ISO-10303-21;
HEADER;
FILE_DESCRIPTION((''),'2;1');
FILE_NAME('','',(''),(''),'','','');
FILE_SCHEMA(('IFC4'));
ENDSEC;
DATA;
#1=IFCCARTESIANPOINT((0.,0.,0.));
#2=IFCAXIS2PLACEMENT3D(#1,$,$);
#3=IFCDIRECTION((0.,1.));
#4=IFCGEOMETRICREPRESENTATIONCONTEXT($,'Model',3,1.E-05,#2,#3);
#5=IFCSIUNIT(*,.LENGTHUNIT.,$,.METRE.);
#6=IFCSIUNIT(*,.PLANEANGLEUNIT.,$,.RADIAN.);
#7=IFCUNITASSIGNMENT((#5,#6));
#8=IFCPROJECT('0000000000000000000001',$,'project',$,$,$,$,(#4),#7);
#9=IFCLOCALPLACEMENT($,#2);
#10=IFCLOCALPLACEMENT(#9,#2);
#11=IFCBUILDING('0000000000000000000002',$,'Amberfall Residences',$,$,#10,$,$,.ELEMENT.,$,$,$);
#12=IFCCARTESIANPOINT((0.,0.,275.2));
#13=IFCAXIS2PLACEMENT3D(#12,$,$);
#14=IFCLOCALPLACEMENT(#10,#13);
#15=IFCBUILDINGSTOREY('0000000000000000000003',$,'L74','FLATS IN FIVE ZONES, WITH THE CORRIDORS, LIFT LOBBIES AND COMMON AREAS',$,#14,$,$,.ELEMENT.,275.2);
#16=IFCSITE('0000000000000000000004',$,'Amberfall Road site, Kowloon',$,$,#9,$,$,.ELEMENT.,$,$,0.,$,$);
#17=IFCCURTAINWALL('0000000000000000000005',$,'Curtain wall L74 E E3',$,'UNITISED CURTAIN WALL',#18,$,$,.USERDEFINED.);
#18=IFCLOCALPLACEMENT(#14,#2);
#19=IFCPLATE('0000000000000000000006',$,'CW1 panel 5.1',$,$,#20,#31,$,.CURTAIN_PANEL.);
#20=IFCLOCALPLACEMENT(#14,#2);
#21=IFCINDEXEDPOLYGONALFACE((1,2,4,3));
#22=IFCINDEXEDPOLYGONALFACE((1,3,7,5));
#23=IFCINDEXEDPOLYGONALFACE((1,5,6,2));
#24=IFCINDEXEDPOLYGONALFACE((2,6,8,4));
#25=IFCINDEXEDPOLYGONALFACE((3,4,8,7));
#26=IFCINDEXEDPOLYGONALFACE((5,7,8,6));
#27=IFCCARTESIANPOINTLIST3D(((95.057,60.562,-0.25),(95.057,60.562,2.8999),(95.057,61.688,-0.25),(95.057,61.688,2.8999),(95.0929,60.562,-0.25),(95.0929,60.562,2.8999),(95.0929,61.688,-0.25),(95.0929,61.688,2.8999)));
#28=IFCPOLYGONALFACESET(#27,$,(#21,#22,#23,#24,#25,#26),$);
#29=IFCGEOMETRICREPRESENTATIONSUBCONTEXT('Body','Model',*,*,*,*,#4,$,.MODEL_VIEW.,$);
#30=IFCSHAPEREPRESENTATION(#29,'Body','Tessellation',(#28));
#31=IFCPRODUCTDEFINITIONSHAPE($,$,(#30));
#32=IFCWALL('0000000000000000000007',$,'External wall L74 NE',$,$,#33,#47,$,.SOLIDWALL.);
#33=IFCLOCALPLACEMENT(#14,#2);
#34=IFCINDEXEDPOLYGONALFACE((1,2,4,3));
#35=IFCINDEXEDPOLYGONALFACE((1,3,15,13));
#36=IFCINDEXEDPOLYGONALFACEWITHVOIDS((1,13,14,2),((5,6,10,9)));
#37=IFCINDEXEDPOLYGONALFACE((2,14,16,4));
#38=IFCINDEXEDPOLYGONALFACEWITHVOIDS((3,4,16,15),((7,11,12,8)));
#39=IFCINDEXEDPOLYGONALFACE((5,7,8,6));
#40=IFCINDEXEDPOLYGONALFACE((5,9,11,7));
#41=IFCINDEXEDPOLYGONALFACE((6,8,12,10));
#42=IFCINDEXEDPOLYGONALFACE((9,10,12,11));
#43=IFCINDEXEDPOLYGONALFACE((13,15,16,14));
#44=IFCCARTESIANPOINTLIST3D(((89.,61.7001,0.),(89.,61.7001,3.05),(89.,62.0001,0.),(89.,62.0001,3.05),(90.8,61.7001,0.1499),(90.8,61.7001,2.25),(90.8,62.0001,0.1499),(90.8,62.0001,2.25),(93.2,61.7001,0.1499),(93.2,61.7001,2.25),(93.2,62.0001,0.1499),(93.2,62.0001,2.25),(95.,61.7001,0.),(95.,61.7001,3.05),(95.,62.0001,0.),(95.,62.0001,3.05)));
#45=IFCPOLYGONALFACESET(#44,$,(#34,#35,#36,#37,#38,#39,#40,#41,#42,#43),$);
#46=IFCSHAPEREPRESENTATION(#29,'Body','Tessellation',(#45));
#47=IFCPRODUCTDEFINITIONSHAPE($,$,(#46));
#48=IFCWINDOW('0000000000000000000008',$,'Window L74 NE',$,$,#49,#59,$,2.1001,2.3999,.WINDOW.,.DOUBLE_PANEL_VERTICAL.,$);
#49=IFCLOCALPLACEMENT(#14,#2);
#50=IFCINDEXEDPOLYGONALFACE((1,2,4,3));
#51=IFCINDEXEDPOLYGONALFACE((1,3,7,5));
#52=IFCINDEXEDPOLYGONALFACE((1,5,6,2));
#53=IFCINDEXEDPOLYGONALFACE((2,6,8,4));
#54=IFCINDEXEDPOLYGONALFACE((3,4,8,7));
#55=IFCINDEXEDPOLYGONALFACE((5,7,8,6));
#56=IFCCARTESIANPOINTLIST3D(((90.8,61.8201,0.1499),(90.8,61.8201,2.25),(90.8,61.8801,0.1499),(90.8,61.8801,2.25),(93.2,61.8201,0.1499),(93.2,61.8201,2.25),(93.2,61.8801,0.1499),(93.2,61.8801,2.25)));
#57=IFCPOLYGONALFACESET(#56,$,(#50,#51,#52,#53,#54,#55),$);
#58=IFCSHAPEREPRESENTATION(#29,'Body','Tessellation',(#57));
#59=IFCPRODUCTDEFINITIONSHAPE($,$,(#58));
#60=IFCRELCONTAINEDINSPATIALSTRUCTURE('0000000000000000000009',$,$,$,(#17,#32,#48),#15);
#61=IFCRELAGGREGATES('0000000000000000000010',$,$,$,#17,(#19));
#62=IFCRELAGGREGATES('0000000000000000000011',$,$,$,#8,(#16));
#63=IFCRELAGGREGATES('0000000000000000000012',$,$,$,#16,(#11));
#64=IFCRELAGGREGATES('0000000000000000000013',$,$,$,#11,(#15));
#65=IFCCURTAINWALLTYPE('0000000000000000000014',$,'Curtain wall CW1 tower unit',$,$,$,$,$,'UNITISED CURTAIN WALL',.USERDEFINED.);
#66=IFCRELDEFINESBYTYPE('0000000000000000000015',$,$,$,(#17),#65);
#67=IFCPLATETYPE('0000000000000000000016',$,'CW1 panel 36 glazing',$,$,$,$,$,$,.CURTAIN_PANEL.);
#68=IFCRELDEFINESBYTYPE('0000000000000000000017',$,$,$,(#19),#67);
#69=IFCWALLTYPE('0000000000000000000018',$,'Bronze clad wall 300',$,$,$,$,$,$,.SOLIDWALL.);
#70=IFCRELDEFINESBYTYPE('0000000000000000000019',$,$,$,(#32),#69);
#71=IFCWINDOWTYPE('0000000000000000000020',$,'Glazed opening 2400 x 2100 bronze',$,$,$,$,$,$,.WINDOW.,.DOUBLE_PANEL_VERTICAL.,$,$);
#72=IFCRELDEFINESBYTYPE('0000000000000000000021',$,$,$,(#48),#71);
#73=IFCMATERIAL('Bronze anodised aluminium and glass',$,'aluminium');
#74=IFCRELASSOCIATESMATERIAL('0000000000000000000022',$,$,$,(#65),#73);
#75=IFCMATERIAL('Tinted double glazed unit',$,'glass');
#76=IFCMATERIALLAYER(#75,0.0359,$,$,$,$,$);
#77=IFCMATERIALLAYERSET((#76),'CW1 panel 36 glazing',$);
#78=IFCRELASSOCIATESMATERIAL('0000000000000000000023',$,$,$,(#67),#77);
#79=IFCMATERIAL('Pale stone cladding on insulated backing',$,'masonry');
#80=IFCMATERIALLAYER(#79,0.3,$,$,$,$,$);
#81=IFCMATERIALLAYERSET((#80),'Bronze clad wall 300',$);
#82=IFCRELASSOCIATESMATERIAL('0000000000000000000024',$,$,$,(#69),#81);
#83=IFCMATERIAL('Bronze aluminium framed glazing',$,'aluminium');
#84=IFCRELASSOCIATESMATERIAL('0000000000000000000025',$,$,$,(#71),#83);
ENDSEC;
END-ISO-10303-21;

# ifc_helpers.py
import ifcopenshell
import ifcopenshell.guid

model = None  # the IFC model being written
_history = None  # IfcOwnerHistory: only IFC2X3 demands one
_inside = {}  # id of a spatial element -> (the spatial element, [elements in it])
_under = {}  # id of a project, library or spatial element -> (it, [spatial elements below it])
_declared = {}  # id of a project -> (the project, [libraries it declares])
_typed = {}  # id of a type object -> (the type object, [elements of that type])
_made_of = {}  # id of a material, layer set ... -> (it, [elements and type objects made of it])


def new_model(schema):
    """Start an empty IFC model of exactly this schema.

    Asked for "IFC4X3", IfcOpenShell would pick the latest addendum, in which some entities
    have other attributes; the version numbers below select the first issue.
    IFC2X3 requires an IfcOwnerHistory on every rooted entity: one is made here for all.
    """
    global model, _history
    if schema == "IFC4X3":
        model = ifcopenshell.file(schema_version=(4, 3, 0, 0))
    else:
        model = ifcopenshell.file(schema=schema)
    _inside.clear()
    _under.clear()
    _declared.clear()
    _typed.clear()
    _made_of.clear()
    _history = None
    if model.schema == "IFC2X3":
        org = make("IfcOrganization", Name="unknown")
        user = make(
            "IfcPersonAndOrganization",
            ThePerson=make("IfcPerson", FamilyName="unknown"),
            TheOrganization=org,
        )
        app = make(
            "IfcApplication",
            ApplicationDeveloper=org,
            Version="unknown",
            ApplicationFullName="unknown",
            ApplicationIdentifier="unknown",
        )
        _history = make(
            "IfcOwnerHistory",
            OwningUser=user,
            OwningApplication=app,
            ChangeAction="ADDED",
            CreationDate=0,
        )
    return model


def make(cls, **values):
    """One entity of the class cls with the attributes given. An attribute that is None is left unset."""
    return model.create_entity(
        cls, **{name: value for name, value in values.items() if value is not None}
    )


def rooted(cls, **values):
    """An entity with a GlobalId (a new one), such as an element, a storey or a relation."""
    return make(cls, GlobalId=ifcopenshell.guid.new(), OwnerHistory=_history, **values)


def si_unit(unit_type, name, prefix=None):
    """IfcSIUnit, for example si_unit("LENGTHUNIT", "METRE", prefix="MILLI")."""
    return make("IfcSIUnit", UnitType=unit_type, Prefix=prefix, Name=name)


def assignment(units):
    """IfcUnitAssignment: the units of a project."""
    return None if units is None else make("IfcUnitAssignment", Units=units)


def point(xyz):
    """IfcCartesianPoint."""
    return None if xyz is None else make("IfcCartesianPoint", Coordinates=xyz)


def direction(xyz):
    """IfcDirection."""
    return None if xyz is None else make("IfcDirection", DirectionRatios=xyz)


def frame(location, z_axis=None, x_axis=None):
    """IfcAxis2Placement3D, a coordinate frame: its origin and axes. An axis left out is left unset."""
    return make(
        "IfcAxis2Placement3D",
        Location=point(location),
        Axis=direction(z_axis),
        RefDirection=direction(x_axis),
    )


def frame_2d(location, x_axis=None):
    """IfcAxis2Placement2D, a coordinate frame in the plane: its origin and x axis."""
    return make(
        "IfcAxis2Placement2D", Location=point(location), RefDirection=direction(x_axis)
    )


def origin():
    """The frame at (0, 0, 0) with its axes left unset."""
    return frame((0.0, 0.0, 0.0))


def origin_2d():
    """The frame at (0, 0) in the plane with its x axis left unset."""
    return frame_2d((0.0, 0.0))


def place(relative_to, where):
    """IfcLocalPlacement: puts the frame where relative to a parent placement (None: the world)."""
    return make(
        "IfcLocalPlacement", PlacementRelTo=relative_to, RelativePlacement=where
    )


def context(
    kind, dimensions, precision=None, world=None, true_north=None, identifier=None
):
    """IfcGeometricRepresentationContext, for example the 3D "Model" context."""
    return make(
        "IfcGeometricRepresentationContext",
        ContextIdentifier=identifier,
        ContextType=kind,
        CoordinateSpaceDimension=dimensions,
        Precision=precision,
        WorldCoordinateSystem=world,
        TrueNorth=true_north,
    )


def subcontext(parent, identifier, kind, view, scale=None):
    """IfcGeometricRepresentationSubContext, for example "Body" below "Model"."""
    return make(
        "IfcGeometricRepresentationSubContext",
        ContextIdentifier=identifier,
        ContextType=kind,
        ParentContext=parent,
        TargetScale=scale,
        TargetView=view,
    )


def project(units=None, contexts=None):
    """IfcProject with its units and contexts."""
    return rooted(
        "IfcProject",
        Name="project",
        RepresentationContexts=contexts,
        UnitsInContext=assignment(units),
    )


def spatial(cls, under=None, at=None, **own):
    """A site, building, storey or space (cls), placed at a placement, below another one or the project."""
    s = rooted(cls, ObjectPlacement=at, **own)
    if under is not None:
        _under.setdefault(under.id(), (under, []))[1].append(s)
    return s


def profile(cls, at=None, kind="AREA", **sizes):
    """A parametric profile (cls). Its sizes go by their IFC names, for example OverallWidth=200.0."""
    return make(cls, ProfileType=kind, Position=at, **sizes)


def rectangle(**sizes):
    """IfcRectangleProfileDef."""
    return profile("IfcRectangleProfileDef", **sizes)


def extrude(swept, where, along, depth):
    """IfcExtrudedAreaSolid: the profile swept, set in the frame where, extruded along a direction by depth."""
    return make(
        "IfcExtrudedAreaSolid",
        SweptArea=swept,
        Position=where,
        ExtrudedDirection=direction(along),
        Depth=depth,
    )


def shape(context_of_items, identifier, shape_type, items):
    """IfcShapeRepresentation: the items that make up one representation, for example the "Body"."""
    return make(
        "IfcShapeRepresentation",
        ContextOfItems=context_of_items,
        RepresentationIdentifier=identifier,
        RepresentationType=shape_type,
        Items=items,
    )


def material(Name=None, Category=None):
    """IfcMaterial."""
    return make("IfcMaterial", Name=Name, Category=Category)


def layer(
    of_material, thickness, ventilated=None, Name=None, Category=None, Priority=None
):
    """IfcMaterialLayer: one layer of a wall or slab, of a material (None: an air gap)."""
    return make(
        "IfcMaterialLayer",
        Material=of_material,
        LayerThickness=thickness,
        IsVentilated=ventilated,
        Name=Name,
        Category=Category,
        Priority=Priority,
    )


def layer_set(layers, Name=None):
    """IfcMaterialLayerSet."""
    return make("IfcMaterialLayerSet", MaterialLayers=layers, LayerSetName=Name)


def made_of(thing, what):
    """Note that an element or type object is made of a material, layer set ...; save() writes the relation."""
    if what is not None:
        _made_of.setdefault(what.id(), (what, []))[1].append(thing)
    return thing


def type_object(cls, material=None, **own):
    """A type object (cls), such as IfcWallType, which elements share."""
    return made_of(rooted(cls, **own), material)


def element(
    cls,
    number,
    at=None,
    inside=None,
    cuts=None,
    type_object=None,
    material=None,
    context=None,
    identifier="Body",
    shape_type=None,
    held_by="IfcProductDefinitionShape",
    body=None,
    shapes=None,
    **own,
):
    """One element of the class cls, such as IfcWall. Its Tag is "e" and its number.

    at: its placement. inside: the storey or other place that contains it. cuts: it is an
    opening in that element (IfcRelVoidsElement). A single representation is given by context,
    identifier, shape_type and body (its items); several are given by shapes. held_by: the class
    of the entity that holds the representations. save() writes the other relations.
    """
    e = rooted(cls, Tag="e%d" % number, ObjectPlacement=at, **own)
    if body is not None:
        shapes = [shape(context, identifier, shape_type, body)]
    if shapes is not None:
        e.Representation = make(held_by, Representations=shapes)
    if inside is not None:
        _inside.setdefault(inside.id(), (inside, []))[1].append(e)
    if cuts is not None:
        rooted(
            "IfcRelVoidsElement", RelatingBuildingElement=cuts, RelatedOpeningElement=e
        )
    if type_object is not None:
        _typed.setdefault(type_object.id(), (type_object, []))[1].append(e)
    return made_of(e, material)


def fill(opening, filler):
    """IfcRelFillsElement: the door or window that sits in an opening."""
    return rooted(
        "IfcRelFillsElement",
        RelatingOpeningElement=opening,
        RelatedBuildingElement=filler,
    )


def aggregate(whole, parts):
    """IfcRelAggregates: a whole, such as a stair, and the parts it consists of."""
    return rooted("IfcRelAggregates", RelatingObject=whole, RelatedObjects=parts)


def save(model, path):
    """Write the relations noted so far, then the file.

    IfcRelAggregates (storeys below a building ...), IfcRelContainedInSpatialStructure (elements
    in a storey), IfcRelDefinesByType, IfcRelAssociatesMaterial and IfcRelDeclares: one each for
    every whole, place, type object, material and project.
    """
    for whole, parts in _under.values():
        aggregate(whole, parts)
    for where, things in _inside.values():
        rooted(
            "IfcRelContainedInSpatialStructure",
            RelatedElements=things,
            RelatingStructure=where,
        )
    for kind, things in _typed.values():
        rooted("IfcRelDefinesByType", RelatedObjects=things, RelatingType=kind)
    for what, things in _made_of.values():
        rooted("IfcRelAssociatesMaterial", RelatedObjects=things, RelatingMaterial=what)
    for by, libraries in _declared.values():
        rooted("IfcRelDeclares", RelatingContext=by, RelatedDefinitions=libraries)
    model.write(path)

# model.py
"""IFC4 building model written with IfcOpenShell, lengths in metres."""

from ifc_helpers import new_model, si_unit, direction, frame, frame_2d, origin, origin_2d, place, context, subcontext, project, spatial, rectangle, extrude, material, layer, layer_set, type_object, element, fill, aggregate, save


model = new_model("IFC4")

# Units and contexts
model_context = context("Model", 3, precision=1e-05, world=origin(), true_north=direction((0.0, 1.0)))
body_context = subcontext(model_context, "Body", "Model", "MODEL_VIEW")
ifc_project = project(units=[si_unit("LENGTHUNIT", "METRE"), si_unit("PLANEANGLEUNIT", "RADIAN")], contexts=[model_context])

# Site, building, storey
site_placement = place(None, origin())
site = spatial("IfcSite", under=ifc_project, at=site_placement, Name="Amberfall Road site, Kowloon", CompositionType="ELEMENT", RefElevation=0.0)
building_placement = place(site_placement, origin())
building = spatial("IfcBuilding", under=site, at=building_placement, Name="Amberfall Residences", CompositionType="ELEMENT")
storey_placement = place(building_placement, frame((0.0, 0.0, 275.2)))
storey = spatial("IfcBuildingStorey", under=building, at=storey_placement, Name="L74", Description="FLATS IN FIVE ZONES, WITH THE CORRIDORS, LIFT LOBBIES AND COMMON AREAS", CompositionType="ELEMENT", Elevation=275.2)

# Curtain wall
ifc_material_1 = material(Name="Bronze anodised aluminium and glass", Category="aluminium")
curtain_wall_type = type_object("IfcCurtainWallType", Name="Curtain wall CW1 tower unit", ElementType="UNITISED CURTAIN WALL", PredefinedType="USERDEFINED", material=ifc_material_1)
curtain_wall_1_placement = place(storey_placement, origin())
curtain_wall_1 = element("IfcCurtainWall", 1, at=curtain_wall_1_placement, inside=storey, type_object=curtain_wall_type, Name="Curtain wall L74 E E3", ObjectType="UNITISED CURTAIN WALL", PredefinedType="USERDEFINED")

# Plate
ifc_material_2 = material(Name="Tinted double glazed unit", Category="glass")
ifc_layer_1 = layer(ifc_material_2, 0.0359)
ifc_layer_set_1 = layer_set([ifc_layer_1], Name="CW1 panel 36 glazing")
plate_type = type_object("IfcPlateType", Name="CW1 panel 36 glazing", PredefinedType="CURTAIN_PANEL", material=ifc_layer_set_1)
plate_placement = place(storey_placement, frame((95.075, 61.125, -0.25), z_axis=(0.0, 0.0, 1.0), x_axis=(0.0, 1.0, 0.0)))
plate = element("IfcPlate", 2, at=plate_placement, type_object=plate_type, Name="CW1 panel 5.1", PredefinedType="CURTAIN_PANEL", context=body_context, shape_type="SweptSolid", body=[
    extrude(rectangle(XDim=1.126, YDim=0.0359, at=origin_2d()), origin(), (0.0, 0.0, 1.0), 3.1499),
])
aggregate(curtain_wall_1, [plate])

# Wall, opening, window
ifc_material_3 = material(Name="Pale stone cladding on insulated backing", Category="masonry")
ifc_layer_2 = layer(ifc_material_3, 0.3)
ifc_layer_set_2 = layer_set([ifc_layer_2], Name="Bronze clad wall 300")
wall_type_1 = type_object("IfcWallType", Name="Bronze clad wall 300", PredefinedType="SOLIDWALL", material=ifc_layer_set_2)
wall_1_placement = place(storey_placement, frame((95.0, 61.8501, 0.0), z_axis=(0.0, 0.0, 1.0), x_axis=(-1.0, 0.0, 0.0)))
wall_1 = element("IfcWall", 3, at=wall_1_placement, inside=storey, type_object=wall_type_1, Name="External wall L74 NE", PredefinedType="SOLIDWALL", context=body_context, shape_type="SweptSolid", body=[
    extrude(rectangle(XDim=6.0, YDim=0.3, at=frame_2d((3.0, 0.0))), origin(), (0.0, 0.0, 1.0), 3.05),
])
opening_1_placement = place(wall_1_placement, frame((1.8, 0.0, 0.1499)))
opening_1 = element("IfcOpeningElement", 4, at=opening_1_placement, cuts=wall_1, PredefinedType="OPENING", context=body_context, shape_type="SweptSolid", body=[
    extrude(rectangle(XDim=2.3999, YDim=2.1001, at=frame_2d((1.2, 1.05))), frame((0.0, 0.1599, 0.0), z_axis=(0.0, -1.0, 0.0), x_axis=(1.0, 0.0, 0.0)), (0.0, 0.0, 1.0), 0.3201),
])
ifc_material_4 = material(Name="Bronze aluminium framed glazing", Category="aluminium")
window_type = type_object("IfcWindowType", Name="Glazed opening 2400 x 2100 bronze", PartitioningType="DOUBLE_PANEL_VERTICAL", PredefinedType="WINDOW", material=ifc_material_4)
window_placement = place(opening_1_placement, origin())
window = element("IfcWindow", 5, at=window_placement, inside=storey, type_object=window_type, Name="Window L74 NE", OverallHeight=2.1001, OverallWidth=2.3999, PartitioningType="DOUBLE_PANEL_VERTICAL", PredefinedType="WINDOW", context=body_context, shape_type="SweptSolid", body=[
    extrude(rectangle(XDim=2.3999, YDim=2.1001, at=frame_2d((1.2, 1.05))), frame((0.0, 0.03, 0.0), z_axis=(0.0, -1.0, 0.0), x_axis=(1.0, 0.0, 0.0)), (0.0, 0.0, 1.0), 0.0601),
])
fill(opening_1, window)

save(model, "model.ifc")
